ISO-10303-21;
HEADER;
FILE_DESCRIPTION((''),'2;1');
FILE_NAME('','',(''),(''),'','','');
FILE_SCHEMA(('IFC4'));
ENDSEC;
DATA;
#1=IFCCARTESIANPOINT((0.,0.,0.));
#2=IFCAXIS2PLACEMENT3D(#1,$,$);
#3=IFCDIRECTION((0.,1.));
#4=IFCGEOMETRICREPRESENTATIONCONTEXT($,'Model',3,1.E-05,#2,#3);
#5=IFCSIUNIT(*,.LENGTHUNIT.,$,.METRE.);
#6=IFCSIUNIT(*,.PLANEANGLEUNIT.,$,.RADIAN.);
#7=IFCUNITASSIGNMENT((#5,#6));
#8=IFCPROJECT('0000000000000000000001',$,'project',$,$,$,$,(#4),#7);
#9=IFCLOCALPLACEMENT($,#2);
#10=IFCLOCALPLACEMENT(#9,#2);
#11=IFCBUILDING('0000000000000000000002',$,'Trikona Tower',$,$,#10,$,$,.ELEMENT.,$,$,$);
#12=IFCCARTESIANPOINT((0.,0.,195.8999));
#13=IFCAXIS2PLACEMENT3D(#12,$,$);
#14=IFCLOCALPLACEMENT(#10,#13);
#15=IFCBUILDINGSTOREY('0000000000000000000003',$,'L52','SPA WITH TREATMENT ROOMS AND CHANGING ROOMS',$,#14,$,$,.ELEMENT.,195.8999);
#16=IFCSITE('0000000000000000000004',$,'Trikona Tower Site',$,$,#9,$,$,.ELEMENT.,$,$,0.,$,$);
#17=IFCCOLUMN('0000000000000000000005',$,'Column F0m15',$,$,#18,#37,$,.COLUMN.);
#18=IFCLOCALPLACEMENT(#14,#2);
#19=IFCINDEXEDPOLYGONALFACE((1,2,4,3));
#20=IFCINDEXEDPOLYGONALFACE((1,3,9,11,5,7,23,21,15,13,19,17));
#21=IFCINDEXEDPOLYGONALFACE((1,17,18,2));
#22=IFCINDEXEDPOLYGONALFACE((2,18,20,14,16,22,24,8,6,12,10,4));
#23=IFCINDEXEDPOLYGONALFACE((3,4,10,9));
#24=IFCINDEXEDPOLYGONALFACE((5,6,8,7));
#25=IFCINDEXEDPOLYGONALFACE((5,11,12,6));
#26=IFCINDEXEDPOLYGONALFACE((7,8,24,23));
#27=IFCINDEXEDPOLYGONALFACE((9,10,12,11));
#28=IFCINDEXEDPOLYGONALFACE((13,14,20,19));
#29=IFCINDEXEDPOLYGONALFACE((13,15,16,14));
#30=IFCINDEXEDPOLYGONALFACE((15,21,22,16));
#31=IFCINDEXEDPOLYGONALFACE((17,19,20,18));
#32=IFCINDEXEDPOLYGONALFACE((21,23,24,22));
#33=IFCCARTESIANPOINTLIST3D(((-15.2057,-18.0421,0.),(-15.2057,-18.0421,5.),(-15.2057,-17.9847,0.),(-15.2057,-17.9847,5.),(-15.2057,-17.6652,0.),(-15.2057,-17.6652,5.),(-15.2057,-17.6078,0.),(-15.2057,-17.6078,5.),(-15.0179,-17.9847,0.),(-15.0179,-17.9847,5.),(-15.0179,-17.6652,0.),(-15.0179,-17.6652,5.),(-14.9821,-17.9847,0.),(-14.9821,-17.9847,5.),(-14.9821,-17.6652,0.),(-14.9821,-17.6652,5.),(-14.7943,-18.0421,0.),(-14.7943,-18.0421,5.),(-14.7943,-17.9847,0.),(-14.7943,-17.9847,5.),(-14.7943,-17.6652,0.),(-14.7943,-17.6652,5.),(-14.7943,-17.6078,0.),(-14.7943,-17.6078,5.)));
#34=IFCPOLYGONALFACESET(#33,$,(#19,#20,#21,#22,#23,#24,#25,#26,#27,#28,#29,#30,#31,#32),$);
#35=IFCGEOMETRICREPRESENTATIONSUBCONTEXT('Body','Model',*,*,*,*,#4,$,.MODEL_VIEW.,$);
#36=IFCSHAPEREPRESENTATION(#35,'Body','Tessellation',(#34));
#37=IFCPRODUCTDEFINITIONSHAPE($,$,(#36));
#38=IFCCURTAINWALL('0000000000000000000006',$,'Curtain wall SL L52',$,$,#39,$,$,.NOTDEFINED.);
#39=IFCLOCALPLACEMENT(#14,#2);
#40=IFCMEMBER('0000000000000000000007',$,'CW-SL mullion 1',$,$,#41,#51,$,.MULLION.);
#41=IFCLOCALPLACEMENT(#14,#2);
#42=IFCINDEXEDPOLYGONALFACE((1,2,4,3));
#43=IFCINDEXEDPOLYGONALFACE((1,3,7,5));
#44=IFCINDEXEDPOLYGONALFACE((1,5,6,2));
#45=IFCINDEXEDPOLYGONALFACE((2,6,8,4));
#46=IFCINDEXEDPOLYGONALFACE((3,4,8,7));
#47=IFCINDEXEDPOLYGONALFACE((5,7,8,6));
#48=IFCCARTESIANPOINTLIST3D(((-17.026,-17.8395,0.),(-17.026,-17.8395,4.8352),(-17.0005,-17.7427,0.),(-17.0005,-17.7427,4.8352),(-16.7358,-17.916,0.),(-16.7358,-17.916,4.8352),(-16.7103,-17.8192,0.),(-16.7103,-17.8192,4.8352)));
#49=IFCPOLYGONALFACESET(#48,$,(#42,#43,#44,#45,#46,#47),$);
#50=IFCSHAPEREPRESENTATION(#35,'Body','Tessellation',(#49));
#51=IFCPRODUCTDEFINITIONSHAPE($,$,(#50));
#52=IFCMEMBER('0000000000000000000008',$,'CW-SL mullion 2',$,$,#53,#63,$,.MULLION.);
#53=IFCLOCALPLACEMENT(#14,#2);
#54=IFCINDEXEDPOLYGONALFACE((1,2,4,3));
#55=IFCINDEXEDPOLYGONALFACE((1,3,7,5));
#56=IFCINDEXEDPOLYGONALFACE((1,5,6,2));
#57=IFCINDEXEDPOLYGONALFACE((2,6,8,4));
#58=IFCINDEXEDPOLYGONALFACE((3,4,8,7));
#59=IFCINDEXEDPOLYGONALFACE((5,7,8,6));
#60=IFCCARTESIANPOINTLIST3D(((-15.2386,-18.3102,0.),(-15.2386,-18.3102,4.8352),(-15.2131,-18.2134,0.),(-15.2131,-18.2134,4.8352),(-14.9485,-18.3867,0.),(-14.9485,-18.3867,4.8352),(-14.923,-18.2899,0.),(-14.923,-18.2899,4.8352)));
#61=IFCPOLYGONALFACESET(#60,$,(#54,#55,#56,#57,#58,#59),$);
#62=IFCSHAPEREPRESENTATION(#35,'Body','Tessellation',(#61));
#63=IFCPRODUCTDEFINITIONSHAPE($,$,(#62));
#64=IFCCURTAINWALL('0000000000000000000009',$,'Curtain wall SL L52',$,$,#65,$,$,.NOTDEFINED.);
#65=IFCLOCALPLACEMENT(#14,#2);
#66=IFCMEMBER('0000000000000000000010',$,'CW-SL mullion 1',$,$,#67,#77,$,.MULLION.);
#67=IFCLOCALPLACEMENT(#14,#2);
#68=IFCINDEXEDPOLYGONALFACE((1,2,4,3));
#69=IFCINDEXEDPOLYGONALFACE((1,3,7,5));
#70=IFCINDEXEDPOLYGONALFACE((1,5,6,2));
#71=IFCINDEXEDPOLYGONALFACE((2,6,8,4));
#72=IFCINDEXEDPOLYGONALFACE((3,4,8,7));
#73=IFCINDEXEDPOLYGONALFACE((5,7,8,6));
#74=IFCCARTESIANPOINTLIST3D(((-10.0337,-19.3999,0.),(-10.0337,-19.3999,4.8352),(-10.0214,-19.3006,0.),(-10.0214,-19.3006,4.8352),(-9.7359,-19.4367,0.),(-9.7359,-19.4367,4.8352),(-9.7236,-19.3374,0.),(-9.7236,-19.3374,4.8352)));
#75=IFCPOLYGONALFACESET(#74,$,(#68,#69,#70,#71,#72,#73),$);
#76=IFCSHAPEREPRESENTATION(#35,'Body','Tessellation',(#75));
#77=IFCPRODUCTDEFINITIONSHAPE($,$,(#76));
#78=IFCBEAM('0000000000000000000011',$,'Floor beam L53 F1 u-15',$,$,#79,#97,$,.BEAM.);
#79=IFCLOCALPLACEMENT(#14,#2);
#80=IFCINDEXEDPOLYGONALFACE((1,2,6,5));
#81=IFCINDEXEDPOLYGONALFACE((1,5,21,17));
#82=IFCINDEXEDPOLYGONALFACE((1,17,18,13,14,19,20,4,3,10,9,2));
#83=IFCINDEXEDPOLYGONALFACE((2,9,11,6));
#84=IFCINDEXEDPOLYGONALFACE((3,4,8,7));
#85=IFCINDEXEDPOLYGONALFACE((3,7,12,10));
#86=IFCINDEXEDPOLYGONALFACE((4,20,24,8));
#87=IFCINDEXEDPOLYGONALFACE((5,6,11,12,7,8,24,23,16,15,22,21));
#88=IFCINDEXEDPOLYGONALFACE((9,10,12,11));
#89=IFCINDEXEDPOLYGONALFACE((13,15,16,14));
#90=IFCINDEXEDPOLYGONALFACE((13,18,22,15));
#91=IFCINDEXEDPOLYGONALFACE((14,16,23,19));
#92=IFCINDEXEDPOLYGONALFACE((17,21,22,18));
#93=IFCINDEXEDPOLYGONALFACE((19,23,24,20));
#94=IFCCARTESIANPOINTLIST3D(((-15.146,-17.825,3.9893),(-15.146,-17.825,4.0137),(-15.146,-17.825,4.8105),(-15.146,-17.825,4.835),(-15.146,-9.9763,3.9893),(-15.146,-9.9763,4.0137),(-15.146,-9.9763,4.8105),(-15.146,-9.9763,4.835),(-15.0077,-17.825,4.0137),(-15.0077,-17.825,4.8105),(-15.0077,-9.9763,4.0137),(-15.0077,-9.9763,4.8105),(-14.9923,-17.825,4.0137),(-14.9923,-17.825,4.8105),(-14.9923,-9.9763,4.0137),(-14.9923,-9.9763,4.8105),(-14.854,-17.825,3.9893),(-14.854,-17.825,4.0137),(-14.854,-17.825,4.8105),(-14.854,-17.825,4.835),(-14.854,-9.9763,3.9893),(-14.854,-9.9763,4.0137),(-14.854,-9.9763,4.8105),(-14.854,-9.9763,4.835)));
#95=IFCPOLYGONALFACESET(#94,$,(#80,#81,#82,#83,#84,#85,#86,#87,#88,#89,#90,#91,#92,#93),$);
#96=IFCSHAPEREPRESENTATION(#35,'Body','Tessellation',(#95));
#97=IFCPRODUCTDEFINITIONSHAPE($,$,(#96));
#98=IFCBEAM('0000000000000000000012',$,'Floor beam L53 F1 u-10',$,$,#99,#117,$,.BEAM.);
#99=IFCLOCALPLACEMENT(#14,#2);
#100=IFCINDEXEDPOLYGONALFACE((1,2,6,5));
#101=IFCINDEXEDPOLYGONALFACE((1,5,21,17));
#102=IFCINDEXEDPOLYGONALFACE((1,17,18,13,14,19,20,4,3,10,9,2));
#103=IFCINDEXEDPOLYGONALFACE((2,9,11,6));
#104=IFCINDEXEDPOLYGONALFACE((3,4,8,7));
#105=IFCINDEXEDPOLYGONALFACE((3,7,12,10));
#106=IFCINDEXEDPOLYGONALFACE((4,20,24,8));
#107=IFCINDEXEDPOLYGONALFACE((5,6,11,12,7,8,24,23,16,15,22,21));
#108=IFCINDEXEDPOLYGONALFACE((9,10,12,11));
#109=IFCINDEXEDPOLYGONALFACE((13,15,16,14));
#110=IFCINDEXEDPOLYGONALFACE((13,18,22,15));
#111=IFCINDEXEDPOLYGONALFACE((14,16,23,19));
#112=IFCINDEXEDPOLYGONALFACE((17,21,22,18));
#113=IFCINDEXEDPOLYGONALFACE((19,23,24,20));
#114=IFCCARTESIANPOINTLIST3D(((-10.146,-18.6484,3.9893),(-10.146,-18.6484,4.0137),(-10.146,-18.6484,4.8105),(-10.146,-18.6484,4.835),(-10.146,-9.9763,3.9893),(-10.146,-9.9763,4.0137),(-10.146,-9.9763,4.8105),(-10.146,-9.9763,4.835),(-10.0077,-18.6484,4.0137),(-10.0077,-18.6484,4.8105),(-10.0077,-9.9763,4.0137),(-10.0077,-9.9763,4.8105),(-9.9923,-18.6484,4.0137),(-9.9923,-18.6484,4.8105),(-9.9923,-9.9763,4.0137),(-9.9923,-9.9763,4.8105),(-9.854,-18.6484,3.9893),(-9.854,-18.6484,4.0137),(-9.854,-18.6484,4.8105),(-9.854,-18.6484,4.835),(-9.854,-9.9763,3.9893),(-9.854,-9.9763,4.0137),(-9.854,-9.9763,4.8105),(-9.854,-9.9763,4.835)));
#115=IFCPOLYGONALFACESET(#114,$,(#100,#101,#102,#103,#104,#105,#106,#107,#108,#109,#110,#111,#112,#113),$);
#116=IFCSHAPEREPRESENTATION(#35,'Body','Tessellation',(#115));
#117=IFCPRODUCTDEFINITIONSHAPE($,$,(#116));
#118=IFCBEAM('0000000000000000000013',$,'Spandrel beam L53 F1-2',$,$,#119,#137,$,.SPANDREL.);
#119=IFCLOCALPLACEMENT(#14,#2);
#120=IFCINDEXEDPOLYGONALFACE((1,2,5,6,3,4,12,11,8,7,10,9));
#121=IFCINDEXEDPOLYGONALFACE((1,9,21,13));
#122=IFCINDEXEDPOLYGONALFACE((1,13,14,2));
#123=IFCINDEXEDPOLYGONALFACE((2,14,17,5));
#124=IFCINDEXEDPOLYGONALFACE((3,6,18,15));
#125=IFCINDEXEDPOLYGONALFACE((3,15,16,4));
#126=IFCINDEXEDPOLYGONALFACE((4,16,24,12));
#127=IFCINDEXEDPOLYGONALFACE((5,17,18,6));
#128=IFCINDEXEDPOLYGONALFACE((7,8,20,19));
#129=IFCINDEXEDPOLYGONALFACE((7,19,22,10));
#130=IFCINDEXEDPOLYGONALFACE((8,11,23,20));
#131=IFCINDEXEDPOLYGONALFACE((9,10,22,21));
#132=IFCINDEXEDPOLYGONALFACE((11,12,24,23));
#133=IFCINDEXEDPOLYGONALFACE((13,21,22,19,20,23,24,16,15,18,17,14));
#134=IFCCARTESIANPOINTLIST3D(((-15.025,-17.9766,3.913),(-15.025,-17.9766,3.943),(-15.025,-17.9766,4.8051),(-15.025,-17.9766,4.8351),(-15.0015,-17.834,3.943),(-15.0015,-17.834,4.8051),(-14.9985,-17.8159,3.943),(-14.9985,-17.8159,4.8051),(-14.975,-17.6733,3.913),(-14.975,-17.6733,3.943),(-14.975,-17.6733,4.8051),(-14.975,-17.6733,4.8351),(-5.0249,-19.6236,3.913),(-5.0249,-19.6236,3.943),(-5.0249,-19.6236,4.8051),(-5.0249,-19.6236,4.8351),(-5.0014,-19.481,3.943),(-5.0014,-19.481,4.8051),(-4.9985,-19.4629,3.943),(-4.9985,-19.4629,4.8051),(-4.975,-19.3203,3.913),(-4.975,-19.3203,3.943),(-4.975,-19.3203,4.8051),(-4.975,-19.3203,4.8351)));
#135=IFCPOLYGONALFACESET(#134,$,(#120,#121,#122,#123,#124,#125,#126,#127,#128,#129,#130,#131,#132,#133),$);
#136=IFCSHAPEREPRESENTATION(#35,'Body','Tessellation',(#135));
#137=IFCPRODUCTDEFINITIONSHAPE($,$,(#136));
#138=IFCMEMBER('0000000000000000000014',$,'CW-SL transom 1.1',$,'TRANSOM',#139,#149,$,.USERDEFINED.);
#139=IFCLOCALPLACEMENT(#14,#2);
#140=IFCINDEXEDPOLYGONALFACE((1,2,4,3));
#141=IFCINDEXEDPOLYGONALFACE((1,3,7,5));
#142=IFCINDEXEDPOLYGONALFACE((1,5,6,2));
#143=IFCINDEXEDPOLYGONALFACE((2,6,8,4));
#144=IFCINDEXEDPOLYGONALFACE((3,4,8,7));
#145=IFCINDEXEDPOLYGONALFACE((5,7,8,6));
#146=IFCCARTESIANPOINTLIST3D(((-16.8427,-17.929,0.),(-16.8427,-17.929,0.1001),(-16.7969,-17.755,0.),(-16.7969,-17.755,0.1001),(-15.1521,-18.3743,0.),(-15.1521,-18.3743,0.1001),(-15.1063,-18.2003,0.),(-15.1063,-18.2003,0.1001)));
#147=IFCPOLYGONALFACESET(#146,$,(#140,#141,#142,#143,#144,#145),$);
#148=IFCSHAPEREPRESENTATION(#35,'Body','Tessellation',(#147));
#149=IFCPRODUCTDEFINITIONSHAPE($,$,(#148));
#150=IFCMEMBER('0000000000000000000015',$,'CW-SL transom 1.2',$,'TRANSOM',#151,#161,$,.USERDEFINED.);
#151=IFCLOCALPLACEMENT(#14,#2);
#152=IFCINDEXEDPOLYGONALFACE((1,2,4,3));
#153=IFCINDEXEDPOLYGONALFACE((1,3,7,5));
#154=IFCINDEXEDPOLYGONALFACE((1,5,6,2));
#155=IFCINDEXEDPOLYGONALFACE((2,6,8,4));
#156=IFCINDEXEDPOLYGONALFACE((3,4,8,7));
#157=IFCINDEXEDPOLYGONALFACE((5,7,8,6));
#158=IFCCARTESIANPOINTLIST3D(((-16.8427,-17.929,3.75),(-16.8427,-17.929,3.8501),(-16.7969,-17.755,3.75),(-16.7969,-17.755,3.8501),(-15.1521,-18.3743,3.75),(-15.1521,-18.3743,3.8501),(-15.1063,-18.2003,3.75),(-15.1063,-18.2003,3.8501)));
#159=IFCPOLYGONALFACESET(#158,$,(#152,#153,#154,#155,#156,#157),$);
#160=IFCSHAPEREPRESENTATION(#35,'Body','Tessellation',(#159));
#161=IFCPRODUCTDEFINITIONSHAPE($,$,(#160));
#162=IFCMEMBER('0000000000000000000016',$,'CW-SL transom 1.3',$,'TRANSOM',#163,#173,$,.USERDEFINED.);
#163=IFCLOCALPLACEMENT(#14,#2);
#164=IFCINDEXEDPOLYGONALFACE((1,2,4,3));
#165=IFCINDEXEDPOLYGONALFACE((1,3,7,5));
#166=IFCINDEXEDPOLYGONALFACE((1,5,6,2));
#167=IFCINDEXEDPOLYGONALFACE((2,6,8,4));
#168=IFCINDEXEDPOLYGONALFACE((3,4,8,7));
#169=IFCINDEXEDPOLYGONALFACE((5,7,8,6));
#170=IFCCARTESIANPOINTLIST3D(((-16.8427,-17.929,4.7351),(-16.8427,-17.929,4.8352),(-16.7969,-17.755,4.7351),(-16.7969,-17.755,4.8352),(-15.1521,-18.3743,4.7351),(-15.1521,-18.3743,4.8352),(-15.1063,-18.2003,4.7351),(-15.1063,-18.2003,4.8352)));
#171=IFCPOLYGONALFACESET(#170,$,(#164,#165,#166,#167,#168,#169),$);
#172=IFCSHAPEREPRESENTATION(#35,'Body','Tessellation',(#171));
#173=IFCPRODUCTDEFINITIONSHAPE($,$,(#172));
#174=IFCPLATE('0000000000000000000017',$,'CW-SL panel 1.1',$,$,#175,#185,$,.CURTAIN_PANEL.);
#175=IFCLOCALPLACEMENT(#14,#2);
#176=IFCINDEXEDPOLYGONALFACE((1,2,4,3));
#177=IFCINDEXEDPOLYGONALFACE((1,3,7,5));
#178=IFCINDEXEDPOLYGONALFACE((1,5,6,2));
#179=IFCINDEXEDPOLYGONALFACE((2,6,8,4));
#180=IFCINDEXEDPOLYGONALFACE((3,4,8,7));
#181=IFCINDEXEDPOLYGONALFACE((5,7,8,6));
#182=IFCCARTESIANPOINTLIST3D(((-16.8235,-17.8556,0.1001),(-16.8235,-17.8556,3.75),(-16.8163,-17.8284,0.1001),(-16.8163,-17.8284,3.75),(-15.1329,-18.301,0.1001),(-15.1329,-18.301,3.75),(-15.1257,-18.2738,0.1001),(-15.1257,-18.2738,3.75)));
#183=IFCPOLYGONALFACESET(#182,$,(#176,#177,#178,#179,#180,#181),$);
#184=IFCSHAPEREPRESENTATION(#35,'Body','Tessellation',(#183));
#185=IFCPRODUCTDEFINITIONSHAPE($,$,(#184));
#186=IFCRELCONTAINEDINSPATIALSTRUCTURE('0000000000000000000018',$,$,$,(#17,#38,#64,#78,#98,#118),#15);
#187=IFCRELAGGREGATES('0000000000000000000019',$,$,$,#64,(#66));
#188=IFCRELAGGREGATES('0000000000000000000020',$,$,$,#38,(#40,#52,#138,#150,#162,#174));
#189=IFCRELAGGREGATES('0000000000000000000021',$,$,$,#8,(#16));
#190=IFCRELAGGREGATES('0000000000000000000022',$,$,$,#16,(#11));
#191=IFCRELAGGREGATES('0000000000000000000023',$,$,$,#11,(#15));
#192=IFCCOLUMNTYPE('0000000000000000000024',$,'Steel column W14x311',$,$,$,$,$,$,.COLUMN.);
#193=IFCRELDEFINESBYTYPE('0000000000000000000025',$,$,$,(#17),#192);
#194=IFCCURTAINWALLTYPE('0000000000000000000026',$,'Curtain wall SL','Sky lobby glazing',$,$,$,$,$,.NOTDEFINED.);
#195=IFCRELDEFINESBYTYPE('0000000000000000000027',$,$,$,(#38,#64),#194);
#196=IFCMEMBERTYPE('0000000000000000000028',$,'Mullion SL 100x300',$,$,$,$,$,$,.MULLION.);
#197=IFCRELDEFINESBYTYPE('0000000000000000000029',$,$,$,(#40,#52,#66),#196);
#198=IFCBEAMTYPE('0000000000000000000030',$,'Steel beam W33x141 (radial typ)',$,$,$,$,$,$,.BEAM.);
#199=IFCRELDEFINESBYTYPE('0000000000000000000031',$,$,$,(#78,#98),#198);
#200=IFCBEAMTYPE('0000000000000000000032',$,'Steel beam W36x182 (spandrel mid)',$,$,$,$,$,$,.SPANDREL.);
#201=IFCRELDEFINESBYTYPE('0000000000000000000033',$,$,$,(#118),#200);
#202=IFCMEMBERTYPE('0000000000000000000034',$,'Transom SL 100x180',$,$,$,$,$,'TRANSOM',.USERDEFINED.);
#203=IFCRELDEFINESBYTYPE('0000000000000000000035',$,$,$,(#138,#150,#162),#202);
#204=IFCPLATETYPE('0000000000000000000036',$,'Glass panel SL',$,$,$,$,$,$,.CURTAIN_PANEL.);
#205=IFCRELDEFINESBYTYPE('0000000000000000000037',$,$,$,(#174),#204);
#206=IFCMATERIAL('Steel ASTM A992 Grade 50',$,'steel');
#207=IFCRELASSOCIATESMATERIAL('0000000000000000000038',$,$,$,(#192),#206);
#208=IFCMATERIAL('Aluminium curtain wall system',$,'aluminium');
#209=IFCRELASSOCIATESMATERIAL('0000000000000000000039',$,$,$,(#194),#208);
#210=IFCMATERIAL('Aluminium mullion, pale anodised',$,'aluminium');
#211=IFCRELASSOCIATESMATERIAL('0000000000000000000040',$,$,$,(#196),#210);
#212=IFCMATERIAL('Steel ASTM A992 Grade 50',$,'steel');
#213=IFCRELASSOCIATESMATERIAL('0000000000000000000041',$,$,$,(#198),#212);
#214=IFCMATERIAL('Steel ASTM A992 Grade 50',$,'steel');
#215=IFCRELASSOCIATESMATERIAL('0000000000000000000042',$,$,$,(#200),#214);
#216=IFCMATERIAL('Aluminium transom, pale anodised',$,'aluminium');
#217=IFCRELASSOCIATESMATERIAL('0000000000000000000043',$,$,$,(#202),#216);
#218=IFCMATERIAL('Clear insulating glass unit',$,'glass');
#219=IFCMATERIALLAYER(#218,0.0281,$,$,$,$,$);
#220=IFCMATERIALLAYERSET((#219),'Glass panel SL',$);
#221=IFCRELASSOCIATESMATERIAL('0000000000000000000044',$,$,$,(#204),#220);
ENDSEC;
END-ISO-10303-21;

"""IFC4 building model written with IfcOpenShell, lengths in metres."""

from ifc_helpers import new_model, si_unit, direction, frame, origin, origin_2d, place, context, subcontext, project, spatial, rectangle, i_section, extrude, material, layer, layer_set, material_profile, profile_set, type_object, element, aggregate, save


model = new_model("IFC4")

# Units and contexts
model_context = context("Model", 3, precision=1e-05, world=origin(), true_north=direction((0.0, 1.0)))
body_context = subcontext(model_context, "Body", "Model", "MODEL_VIEW")
ifc_project = project(units=[si_unit("LENGTHUNIT", "METRE"), si_unit("PLANEANGLEUNIT", "RADIAN")], contexts=[model_context])

# Site, building, storey
site_placement = place(None, origin())
site = spatial("IfcSite", under=ifc_project, at=site_placement, Name="Trikona Tower Site", CompositionType="ELEMENT", RefElevation=0.0)
building_placement = place(site_placement, origin())
building = spatial("IfcBuilding", under=site, at=building_placement, Name="Trikona Tower", CompositionType="ELEMENT")
storey_placement = place(building_placement, frame((0.0, 0.0, 195.8999)))
storey = spatial("IfcBuildingStorey", under=building, at=storey_placement, Name="L52", Description="SPA WITH TREATMENT ROOMS AND CHANGING ROOMS", CompositionType="ELEMENT", Elevation=195.8999)

# Column
ifc_material_1 = material(Name="Steel ASTM A992 Grade 50", Category="steel")
ifc_material_profile_1 = material_profile(ifc_material_1, i_section(OverallWidth=0.4114, OverallDepth=0.4343, WebThickness=0.0359, FlangeThickness=0.0574, at=origin_2d()), Name="W14X311")
ifc_profile_set_1 = profile_set([ifc_material_profile_1], Name="Steel ASTM A992 Grade 50")
column_type = type_object("IfcColumnType", Name="Steel column W14x311", PredefinedType="COLUMN", material=ifc_profile_set_1)
column_placement = place(storey_placement, frame((-15.0, -17.825, 0.0), z_axis=(0.0, 0.0, 1.0), x_axis=(1.0, 0.0, 0.0)))
element("IfcColumn", 1, at=column_placement, inside=storey, type_object=column_type, Name="Column F0m15", PredefinedType="COLUMN", context=body_context, shape_type="SweptSolid", body=[
    extrude(i_section(OverallWidth=0.4114, OverallDepth=0.4343, WebThickness=0.0359, FlangeThickness=0.0574, at=origin_2d()), origin(), (0.0, 0.0, 1.0), 5.0),
])

# Curtain wall, members
ifc_material_2 = material(Name="Aluminium curtain wall system", Category="aluminium")
curtain_wall_type = type_object("IfcCurtainWallType", Name="Curtain wall SL", Description="Sky lobby glazing", PredefinedType="NOTDEFINED", material=ifc_material_2)
curtain_wall_1_placement = place(storey_placement, origin())
curtain_wall_1 = element("IfcCurtainWall", 2, at=curtain_wall_1_placement, inside=storey, type_object=curtain_wall_type, Name="Curtain wall SL L52", PredefinedType="NOTDEFINED")
ifc_material_3 = material(Name="Aluminium mullion, pale anodised", Category="aluminium")
ifc_material_profile_2 = material_profile(ifc_material_3, rectangle(XDim=0.1001, YDim=0.3, at=origin_2d()), Name="MUL-SL")
ifc_profile_set_2 = profile_set([ifc_material_profile_2], Name="Aluminium mullion, pale anodised")
member_type_1 = type_object("IfcMemberType", Name="Mullion SL 100x300", PredefinedType="MULLION", material=ifc_profile_set_2)
member_1_placement = place(storey_placement, frame((-16.8682, -17.8293, 0.0), z_axis=(0.0, 0.0, 1.0), x_axis=(0.254786, 0.966997, 0.0)))
member_1 = element("IfcMember", 3, at=member_1_placement, type_object=member_type_1, Name="CW-SL mullion 1", PredefinedType="MULLION", context=body_context, shape_type="SweptSolid", body=[
    extrude(rectangle(XDim=0.1001, YDim=0.3, at=origin_2d()), origin(), (0.0, 0.0, 1.0), 4.8352),
])
member_2_placement = place(storey_placement, frame((-15.0808, -18.3, 0.0), z_axis=(0.0, 0.0, 1.0), x_axis=(0.254786, 0.966997, 0.0)))
member_2 = element("IfcMember", 4, at=member_2_placement, type_object=member_type_1, Name="CW-SL mullion 2", PredefinedType="MULLION", context=body_context, shape_type="SweptSolid", body=[
    extrude(rectangle(XDim=0.1001, YDim=0.3, at=origin_2d()), origin(), (0.0, 0.0, 1.0), 4.8352),
])

# Curtain wall, member
curtain_wall_2_placement = place(storey_placement, origin())
curtain_wall_2 = element("IfcCurtainWall", 5, at=curtain_wall_2_placement, inside=storey, type_object=curtain_wall_type, Name="Curtain wall SL L52", PredefinedType="NOTDEFINED")
member_3_placement = place(storey_placement, frame((-9.8787, -19.3687, 0.0), z_axis=(0.0, 0.0, 1.0), x_axis=(0.122611, 0.992455, 0.0)))
member_3 = element("IfcMember", 6, at=member_3_placement, type_object=member_type_1, Name="CW-SL mullion 1", PredefinedType="MULLION", context=body_context, shape_type="SweptSolid", body=[
    extrude(rectangle(XDim=0.1001, YDim=0.3, at=origin_2d()), origin(), (0.0, 0.0, 1.0), 4.8352),
])
aggregate(curtain_wall_2, [member_3])

# Beams
ifc_material_4 = material(Name="Steel ASTM A992 Grade 50", Category="steel")
ifc_material_profile_3 = material_profile(ifc_material_4, i_section(OverallWidth=0.292, OverallDepth=0.8457, WebThickness=0.0154, FlangeThickness=0.0244, at=origin_2d()), Name="W33X141")
ifc_profile_set_3 = profile_set([ifc_material_profile_3], Name="Steel ASTM A992 Grade 50")
beam_type_1 = type_object("IfcBeamType", Name="Steel beam W33x141 (radial typ)", PredefinedType="BEAM", material=ifc_profile_set_3)
beam_1_placement = place(storey_placement, frame((-15.0, -9.9763, 4.4121), z_axis=(0.0, -1.0, 0.0), x_axis=(1.0, 0.0, 0.0)))
element("IfcBeam", 7, at=beam_1_placement, inside=storey, type_object=beam_type_1, Name="Floor beam L53 F1 u-15", PredefinedType="BEAM", context=body_context, shape_type="SweptSolid", body=[
    extrude(i_section(OverallWidth=0.292, OverallDepth=0.8457, WebThickness=0.0154, FlangeThickness=0.0244, at=origin_2d()), origin(), (0.0, 0.0, 1.0), 7.8486),
])
beam_2_placement = place(storey_placement, frame((-10.0, -9.9763, 4.4121), z_axis=(0.0, -1.0, 0.0), x_axis=(1.0, 0.0, 0.0)))
element("IfcBeam", 8, at=beam_2_placement, inside=storey, type_object=beam_type_1, Name="Floor beam L53 F1 u-10", PredefinedType="BEAM", context=body_context, shape_type="SweptSolid", body=[
    extrude(i_section(OverallWidth=0.292, OverallDepth=0.8457, WebThickness=0.0154, FlangeThickness=0.0244, at=origin_2d()), origin(), (0.0, 0.0, 1.0), 8.6721),
])
ifc_material_5 = material(Name="Steel ASTM A992 Grade 50", Category="steel")
ifc_material_profile_4 = material_profile(ifc_material_5, i_section(OverallWidth=0.3074, OverallDepth=0.9221, WebThickness=0.0183, FlangeThickness=0.03, at=origin_2d()), Name="W36X182")
ifc_profile_set_4 = profile_set([ifc_material_profile_4], Name="Steel ASTM A992 Grade 50")
beam_type_2 = type_object("IfcBeamType", Name="Steel beam W36x182 (spandrel mid)", PredefinedType="SPANDREL", material=ifc_profile_set_4)
beam_3_placement = place(storey_placement, frame((-15.0, -17.825, 4.374), z_axis=(0.986707, -0.162508, 0.0), x_axis=(0.162508, 0.986707, 0.0)))
element("IfcBeam", 9, at=beam_3_placement, inside=storey, type_object=beam_type_2, Name="Spandrel beam L53 F1-2", PredefinedType="SPANDREL", context=body_context, shape_type="SweptSolid", body=[
    extrude(i_section(OverallWidth=0.3074, OverallDepth=0.9221, WebThickness=0.0183, FlangeThickness=0.03, at=origin_2d()), origin(), (0.0, 0.0, 1.0), 10.1348),
])

# Members
ifc_material_6 = material(Name="Aluminium transom, pale anodised", Category="aluminium")
ifc_material_profile_5 = material_profile(ifc_material_6, rectangle(XDim=0.1799, YDim=0.1001, at=origin_2d()), Name="TRN-SL")
ifc_profile_set_5 = profile_set([ifc_material_profile_5], Name="Aluminium transom, pale anodised")
member_type_2 = type_object("IfcMemberType", Name="Transom SL 100x180", ElementType="TRANSOM", PredefinedType="USERDEFINED", material=ifc_profile_set_5)
member_4_placement = place(storey_placement, frame((-16.8198, -17.842, 0.05), z_axis=(0.967018, -0.254706, 0.0), x_axis=(0.254706, 0.967018, 0.0)))
member_4 = element("IfcMember", 10, at=member_4_placement, type_object=member_type_2, Name="CW-SL transom 1.1", ObjectType="TRANSOM", PredefinedType="USERDEFINED", context=body_context, shape_type="SweptSolid", body=[
    extrude(rectangle(XDim=0.1799, YDim=0.1001, at=origin_2d()), origin(), (0.0, 0.0, 1.0), 1.7483),
])
member_5_placement = place(storey_placement, frame((-16.8198, -17.842, 3.8), z_axis=(0.967018, -0.254706, 0.0), x_axis=(0.254706, 0.967018, 0.0)))
member_5 = element("IfcMember", 11, at=member_5_placement, type_object=member_type_2, Name="CW-SL transom 1.2", ObjectType="TRANSOM", PredefinedType="USERDEFINED", context=body_context, shape_type="SweptSolid", body=[
    extrude(rectangle(XDim=0.1799, YDim=0.1001, at=origin_2d()), origin(), (0.0, 0.0, 1.0), 1.7483),
])
member_6_placement = place(storey_placement, frame((-16.8198, -17.842, 4.7852), z_axis=(0.967018, -0.254706, 0.0), x_axis=(0.254706, 0.967018, 0.0)))
member_6 = element("IfcMember", 12, at=member_6_placement, type_object=member_type_2, Name="CW-SL transom 1.3", ObjectType="TRANSOM", PredefinedType="USERDEFINED", context=body_context, shape_type="SweptSolid", body=[
    extrude(rectangle(XDim=0.1799, YDim=0.1001, at=origin_2d()), origin(), (0.0, 0.0, 1.0), 1.7483),
])

# Plate
ifc_material_7 = material(Name="Clear insulating glass unit", Category="glass")
ifc_layer_1 = layer(ifc_material_7, 0.0281)
ifc_layer_set_1 = layer_set([ifc_layer_1], Name="Glass panel SL")
plate_type = type_object("IfcPlateType", Name="Glass panel SL", PredefinedType="CURTAIN_PANEL", material=ifc_layer_set_1)
plate_1_placement = place(storey_placement, frame((-15.9746, -18.0647, 0.1001), z_axis=(0.0, 0.0, 1.0), x_axis=(0.966997, -0.254786, 0.0)))
plate_1 = element("IfcPlate", 13, at=plate_1_placement, type_object=plate_type, Name="CW-SL panel 1.1", PredefinedType="CURTAIN_PANEL", context=body_context, shape_type="SweptSolid", body=[
    extrude(rectangle(XDim=1.7483, YDim=0.0281, at=origin_2d()), origin(), (0.0, 0.0, 1.0), 3.6499),
])
aggregate(curtain_wall_1, [member_1, member_2, member_4, member_5, member_6, plate_1])

save(model, "model.ifc")
